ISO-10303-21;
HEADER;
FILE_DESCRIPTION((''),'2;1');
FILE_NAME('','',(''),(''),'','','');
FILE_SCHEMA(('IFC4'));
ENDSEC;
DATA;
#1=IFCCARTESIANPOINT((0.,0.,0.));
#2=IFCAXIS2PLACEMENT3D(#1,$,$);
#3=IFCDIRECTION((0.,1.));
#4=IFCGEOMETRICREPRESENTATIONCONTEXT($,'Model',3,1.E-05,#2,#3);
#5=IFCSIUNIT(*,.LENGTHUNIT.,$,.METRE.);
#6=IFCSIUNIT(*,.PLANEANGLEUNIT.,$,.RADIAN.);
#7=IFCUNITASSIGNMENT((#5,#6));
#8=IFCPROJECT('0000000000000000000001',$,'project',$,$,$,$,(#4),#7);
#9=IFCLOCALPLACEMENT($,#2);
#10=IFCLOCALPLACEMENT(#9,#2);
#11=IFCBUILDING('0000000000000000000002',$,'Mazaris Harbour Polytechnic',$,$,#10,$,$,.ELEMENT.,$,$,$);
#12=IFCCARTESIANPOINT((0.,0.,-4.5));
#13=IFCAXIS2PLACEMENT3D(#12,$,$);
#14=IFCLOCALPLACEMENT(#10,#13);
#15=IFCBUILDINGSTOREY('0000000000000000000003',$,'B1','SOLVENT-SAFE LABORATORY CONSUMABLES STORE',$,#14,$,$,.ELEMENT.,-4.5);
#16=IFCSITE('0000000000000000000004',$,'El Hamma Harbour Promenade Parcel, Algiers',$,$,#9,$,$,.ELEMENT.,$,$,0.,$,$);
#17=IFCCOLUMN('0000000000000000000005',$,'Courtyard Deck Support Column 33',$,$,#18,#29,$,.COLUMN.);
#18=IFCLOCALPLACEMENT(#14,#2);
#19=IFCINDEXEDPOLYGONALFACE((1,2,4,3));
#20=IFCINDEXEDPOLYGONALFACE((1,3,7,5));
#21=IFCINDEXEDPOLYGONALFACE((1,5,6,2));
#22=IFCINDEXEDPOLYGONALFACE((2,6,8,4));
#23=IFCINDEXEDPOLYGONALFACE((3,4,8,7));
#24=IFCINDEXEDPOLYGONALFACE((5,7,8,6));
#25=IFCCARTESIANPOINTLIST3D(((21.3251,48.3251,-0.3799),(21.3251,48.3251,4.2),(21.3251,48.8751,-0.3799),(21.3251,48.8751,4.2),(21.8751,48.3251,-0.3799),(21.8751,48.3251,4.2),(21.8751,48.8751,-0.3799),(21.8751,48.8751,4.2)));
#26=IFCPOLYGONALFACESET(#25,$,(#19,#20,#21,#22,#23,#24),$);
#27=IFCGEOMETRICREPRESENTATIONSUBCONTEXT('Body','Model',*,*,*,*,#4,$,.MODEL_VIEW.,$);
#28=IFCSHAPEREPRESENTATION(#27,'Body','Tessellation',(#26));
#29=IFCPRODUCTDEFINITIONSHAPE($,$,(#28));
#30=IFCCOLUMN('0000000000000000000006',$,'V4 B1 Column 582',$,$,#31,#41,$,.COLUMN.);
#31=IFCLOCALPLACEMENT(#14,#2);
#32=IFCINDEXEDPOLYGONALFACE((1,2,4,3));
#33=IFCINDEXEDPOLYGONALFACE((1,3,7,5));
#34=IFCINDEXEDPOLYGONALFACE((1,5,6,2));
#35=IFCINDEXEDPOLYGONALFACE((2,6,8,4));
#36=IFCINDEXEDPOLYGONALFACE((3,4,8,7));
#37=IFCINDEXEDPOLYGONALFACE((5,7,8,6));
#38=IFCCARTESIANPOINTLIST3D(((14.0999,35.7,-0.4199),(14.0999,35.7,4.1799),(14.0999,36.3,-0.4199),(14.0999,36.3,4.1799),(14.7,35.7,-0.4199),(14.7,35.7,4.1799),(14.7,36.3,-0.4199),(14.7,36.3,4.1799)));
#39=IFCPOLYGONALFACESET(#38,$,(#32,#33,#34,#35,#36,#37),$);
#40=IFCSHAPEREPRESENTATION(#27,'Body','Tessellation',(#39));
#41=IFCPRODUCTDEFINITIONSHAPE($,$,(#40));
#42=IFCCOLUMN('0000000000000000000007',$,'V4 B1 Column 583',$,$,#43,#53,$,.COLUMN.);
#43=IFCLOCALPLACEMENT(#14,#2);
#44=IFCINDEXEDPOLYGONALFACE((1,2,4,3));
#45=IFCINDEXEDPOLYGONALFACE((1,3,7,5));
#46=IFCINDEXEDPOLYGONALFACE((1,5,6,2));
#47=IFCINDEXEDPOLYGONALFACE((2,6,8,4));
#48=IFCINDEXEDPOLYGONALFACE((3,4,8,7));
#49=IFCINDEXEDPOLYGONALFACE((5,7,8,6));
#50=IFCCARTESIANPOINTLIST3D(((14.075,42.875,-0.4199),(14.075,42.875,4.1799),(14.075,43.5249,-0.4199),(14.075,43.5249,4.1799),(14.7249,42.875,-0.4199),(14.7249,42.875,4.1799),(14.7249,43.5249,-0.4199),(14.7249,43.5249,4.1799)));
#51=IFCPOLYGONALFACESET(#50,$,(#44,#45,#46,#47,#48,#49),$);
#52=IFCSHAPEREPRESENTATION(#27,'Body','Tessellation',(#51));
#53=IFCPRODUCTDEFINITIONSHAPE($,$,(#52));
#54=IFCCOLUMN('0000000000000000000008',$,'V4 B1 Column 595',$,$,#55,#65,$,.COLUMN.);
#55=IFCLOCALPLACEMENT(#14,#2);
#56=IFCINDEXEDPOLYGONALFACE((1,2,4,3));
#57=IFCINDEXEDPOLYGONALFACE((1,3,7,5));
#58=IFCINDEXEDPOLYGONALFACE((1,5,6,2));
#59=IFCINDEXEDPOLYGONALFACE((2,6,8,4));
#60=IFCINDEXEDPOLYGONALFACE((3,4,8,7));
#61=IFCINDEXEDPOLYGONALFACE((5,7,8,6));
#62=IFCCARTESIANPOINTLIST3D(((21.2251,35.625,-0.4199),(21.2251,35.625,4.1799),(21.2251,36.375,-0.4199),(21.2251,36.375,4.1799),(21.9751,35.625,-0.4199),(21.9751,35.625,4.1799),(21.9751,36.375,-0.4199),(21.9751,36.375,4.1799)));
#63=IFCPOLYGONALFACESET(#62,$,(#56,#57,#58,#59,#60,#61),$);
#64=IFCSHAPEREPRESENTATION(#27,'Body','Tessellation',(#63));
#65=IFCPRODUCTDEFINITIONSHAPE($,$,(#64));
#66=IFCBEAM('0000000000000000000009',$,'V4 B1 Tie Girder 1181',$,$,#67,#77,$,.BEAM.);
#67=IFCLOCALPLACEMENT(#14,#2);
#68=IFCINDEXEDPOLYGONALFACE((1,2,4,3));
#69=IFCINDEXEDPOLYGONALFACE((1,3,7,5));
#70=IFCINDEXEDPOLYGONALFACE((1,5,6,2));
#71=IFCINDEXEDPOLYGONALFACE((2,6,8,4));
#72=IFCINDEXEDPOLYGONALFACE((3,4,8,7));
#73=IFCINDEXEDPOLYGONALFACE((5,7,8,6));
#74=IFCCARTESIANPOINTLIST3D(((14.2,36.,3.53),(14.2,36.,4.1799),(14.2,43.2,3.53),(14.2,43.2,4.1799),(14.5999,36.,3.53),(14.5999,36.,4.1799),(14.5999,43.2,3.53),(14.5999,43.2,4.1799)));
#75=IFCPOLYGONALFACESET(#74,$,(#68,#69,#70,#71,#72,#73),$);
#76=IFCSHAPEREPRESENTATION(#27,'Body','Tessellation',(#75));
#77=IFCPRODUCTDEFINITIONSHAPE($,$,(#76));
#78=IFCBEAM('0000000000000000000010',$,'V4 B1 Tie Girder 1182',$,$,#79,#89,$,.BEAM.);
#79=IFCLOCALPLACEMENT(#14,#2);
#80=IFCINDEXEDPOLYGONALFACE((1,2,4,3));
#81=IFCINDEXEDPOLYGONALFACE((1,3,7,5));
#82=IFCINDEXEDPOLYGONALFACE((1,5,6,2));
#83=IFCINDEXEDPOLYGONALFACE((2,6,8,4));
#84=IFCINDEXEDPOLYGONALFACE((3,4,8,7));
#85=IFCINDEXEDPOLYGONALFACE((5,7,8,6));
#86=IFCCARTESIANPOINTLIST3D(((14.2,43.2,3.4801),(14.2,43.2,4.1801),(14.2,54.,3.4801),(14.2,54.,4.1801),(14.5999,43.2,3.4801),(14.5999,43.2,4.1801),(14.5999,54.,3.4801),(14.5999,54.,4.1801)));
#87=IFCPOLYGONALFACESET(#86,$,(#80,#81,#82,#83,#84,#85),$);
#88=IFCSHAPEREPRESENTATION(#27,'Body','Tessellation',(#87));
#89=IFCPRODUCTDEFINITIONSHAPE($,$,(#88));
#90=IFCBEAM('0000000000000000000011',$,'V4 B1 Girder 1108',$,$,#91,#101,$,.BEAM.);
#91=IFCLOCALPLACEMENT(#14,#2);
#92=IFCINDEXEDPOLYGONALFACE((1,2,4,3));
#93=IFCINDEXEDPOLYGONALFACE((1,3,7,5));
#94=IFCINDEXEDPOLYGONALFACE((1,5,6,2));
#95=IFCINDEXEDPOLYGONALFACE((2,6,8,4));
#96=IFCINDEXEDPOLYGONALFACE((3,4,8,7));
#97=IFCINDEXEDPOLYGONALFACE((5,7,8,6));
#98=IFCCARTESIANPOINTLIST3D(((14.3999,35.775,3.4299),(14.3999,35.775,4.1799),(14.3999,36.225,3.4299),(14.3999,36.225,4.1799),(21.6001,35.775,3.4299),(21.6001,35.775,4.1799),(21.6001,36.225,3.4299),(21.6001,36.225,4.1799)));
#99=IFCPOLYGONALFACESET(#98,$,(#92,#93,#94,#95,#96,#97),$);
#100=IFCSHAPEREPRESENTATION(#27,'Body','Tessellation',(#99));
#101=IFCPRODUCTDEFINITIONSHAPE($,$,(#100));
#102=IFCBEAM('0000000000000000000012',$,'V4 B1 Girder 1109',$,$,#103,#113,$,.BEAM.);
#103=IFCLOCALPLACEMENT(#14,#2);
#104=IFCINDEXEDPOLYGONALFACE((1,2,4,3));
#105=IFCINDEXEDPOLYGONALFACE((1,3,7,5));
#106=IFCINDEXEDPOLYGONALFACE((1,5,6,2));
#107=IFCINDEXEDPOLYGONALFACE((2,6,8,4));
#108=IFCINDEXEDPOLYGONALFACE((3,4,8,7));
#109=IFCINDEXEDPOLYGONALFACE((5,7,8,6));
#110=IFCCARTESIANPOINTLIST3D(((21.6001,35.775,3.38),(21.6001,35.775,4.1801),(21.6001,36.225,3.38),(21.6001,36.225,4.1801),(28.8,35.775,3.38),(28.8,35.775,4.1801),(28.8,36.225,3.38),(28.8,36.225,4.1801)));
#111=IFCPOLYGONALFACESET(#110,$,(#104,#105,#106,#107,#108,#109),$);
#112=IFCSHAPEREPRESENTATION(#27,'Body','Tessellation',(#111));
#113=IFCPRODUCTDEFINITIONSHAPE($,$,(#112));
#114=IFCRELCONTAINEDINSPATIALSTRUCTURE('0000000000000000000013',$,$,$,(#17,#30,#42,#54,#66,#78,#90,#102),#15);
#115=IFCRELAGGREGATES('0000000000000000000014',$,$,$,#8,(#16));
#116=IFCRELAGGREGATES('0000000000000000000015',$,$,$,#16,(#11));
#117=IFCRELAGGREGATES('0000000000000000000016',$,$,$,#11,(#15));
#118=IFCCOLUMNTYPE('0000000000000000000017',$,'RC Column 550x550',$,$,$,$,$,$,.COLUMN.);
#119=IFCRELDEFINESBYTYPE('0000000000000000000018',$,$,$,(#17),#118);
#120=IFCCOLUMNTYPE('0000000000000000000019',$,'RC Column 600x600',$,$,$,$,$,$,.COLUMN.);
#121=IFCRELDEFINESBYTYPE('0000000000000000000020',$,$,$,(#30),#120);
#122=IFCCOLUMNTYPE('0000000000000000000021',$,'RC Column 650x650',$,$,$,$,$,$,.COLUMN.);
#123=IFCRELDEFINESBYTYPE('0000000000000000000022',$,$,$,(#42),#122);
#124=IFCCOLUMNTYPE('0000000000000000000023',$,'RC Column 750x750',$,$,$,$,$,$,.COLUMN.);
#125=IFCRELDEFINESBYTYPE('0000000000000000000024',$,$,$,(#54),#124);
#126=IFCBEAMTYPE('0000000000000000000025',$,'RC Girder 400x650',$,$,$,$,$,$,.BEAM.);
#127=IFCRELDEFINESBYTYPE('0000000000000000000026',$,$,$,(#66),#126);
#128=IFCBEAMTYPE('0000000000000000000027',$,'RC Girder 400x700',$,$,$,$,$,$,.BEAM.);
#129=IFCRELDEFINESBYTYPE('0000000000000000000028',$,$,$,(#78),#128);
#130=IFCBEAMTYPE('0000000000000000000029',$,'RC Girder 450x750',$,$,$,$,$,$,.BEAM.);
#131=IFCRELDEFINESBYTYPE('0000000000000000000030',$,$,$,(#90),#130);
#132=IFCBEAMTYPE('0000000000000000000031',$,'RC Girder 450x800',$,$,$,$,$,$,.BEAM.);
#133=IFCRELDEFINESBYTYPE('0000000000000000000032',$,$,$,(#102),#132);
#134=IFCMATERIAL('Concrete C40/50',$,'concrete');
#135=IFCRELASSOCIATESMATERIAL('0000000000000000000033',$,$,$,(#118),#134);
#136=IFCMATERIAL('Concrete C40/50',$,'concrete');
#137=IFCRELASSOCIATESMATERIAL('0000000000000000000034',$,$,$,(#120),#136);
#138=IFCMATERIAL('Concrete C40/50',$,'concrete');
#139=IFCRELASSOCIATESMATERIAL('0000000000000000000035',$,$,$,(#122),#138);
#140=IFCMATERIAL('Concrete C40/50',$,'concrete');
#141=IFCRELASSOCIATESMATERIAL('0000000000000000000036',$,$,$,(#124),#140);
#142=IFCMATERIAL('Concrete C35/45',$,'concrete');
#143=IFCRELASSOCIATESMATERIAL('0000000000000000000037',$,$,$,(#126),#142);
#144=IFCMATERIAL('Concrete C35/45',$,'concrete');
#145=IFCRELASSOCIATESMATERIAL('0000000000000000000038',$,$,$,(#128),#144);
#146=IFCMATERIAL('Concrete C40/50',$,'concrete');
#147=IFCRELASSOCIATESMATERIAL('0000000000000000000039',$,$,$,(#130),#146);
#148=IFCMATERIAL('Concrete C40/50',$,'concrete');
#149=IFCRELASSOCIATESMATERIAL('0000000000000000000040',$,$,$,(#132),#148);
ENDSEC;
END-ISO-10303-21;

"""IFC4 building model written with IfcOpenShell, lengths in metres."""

from ifc_helpers import new_model, si_unit, direction, frame, origin, origin_2d, place, context, subcontext, project, spatial, rectangle, extrude, material, material_profile, profile_set, type_object, element, save


model = new_model("IFC4")

# Units and contexts
model_context = context("Model", 3, precision=1e-05, world=origin(), true_north=direction((0.0, 1.0)))
body_context = subcontext(model_context, "Body", "Model", "MODEL_VIEW")
ifc_project = project(units=[si_unit("LENGTHUNIT", "METRE"), si_unit("PLANEANGLEUNIT", "RADIAN")], contexts=[model_context])

# Site, building, storey
site_placement = place(None, origin())
site = spatial("IfcSite", under=ifc_project, at=site_placement, Name="El Hamma Harbour Promenade Parcel, Algiers", CompositionType="ELEMENT", RefElevation=0.0)
building_placement = place(site_placement, origin())
building = spatial("IfcBuilding", under=site, at=building_placement, Name="Mazaris Harbour Polytechnic", CompositionType="ELEMENT")
storey_placement = place(building_placement, frame((0.0, 0.0, -4.5)))
storey = spatial("IfcBuildingStorey", under=building, at=storey_placement, Name="B1", Description="SOLVENT-SAFE LABORATORY CONSUMABLES STORE", CompositionType="ELEMENT", Elevation=-4.5)

# Columns
ifc_material_1 = material(Name="Concrete C40/50", Category="concrete")
ifc_material_profile_1 = material_profile(ifc_material_1, rectangle(XDim=0.55, YDim=0.55, at=origin_2d()), Name="RECT550x550")
ifc_profile_set_1 = profile_set([ifc_material_profile_1], Name="Concrete C40/50")
column_type_1 = type_object("IfcColumnType", Name="RC Column 550x550", PredefinedType="COLUMN", material=ifc_profile_set_1)
column_1_placement = place(storey_placement, frame((21.6001, 48.6001, -0.3799), z_axis=(0.0, 0.0, 1.0), x_axis=(1.0, 0.0, 0.0)))
element("IfcColumn", 1, at=column_1_placement, inside=storey, type_object=column_type_1, Name="Courtyard Deck Support Column 33", PredefinedType="COLUMN", context=body_context, shape_type="SweptSolid", body=[
    extrude(rectangle(XDim=0.55, YDim=0.55, at=origin_2d()), origin(), (0.0, 0.0, 1.0), 4.5798),
])
ifc_material_2 = material(Name="Concrete C40/50", Category="concrete")
ifc_material_profile_2 = material_profile(ifc_material_2, rectangle(XDim=0.6001, YDim=0.6001, at=origin_2d()), Name="RECT600x600")
ifc_profile_set_2 = profile_set([ifc_material_profile_2], Name="Concrete C40/50")
column_type_2 = type_object("IfcColumnType", Name="RC Column 600x600", PredefinedType="COLUMN", material=ifc_profile_set_2)
column_2_placement = place(storey_placement, frame((14.3999, 36.0, -0.4199), z_axis=(0.0, 0.0, 1.0), x_axis=(1.0, 0.0, 0.0)))
element("IfcColumn", 2, at=column_2_placement, inside=storey, type_object=column_type_2, Name="V4 B1 Column 582", PredefinedType="COLUMN", context=body_context, shape_type="SweptSolid", body=[
    extrude(rectangle(XDim=0.6001, YDim=0.6001, at=origin_2d()), origin(), (0.0, 0.0, 1.0), 4.5999),
])
ifc_material_3 = material(Name="Concrete C40/50", Category="concrete")
ifc_material_profile_3 = material_profile(ifc_material_3, rectangle(XDim=0.6499, YDim=0.6499, at=origin_2d()), Name="RECT650x650")
ifc_profile_set_3 = profile_set([ifc_material_profile_3], Name="Concrete C40/50")
column_type_3 = type_object("IfcColumnType", Name="RC Column 650x650", PredefinedType="COLUMN", material=ifc_profile_set_3)
column_3_placement = place(storey_placement, frame((14.3999, 43.2, -0.4199), z_axis=(0.0, 0.0, 1.0), x_axis=(1.0, 0.0, 0.0)))
element("IfcColumn", 3, at=column_3_placement, inside=storey, type_object=column_type_3, Name="V4 B1 Column 583", PredefinedType="COLUMN", context=body_context, shape_type="SweptSolid", body=[
    extrude(rectangle(XDim=0.6499, YDim=0.6499, at=origin_2d()), origin(), (0.0, 0.0, 1.0), 4.5999),
])
ifc_material_4 = material(Name="Concrete C40/50", Category="concrete")
ifc_material_profile_4 = material_profile(ifc_material_4, rectangle(XDim=0.75, YDim=0.75, at=origin_2d()), Name="RECT750x750")
ifc_profile_set_4 = profile_set([ifc_material_profile_4], Name="Concrete C40/50")
column_type_4 = type_object("IfcColumnType", Name="RC Column 750x750", PredefinedType="COLUMN", material=ifc_profile_set_4)
column_4_placement = place(storey_placement, frame((21.6001, 36.0, -0.4199), z_axis=(0.0, 0.0, 1.0), x_axis=(1.0, 0.0, 0.0)))
element("IfcColumn", 4, at=column_4_placement, inside=storey, type_object=column_type_4, Name="V4 B1 Column 595", PredefinedType="COLUMN", context=body_context, shape_type="SweptSolid", body=[
    extrude(rectangle(XDim=0.75, YDim=0.75, at=origin_2d()), origin(), (0.0, 0.0, 1.0), 4.5999),
])

# Beams
ifc_material_5 = material(Name="Concrete C35/45", Category="concrete")
ifc_material_profile_5 = material_profile(ifc_material_5, rectangle(XDim=0.3999, YDim=0.6499, at=origin_2d()), Name="RECT400x650")
ifc_profile_set_5 = profile_set([ifc_material_profile_5], Name="Concrete C35/45")
beam_type_1 = type_object("IfcBeamType", Name="RC Girder 400x650", PredefinedType="BEAM", material=ifc_profile_set_5)
beam_1_placement = place(storey_placement, frame((14.3999, 36.0, 3.855), z_axis=(0.0, 1.0, 0.0), x_axis=(-1.0, 0.0, 0.0)))
element("IfcBeam", 5, at=beam_1_placement, inside=storey, type_object=beam_type_1, Name="V4 B1 Tie Girder 1181", PredefinedType="BEAM", context=body_context, shape_type="SweptSolid", body=[
    extrude(rectangle(XDim=0.3999, YDim=0.6499, at=origin_2d()), origin(), (0.0, 0.0, 1.0), 7.2),
])
ifc_material_6 = material(Name="Concrete C35/45", Category="concrete")
ifc_material_profile_6 = material_profile(ifc_material_6, rectangle(XDim=0.3999, YDim=0.7, at=origin_2d()), Name="RECT400x700")
ifc_profile_set_6 = profile_set([ifc_material_profile_6], Name="Concrete C35/45")
beam_type_2 = type_object("IfcBeamType", Name="RC Girder 400x700", PredefinedType="BEAM", material=ifc_profile_set_6)
beam_2_placement = place(storey_placement, frame((14.3999, 43.2, 3.8301), z_axis=(0.0, 1.0, 0.0), x_axis=(-1.0, 0.0, 0.0)))
element("IfcBeam", 6, at=beam_2_placement, inside=storey, type_object=beam_type_2, Name="V4 B1 Tie Girder 1182", PredefinedType="BEAM", context=body_context, shape_type="SweptSolid", body=[
    extrude(rectangle(XDim=0.3999, YDim=0.7, at=origin_2d()), origin(), (0.0, 0.0, 1.0), 10.8),
])
ifc_material_7 = material(Name="Concrete C40/50", Category="concrete")
ifc_material_profile_7 = material_profile(ifc_material_7, rectangle(XDim=0.45, YDim=0.75, at=origin_2d()), Name="RECT450x750")
ifc_profile_set_7 = profile_set([ifc_material_profile_7], Name="Concrete C40/50")
beam_type_3 = type_object("IfcBeamType", Name="RC Girder 450x750", PredefinedType="BEAM", material=ifc_profile_set_7)
beam_3_placement = place(storey_placement, frame((14.3999, 36.0, 3.8049), z_axis=(1.0, 0.0, 0.0), x_axis=(0.0, 1.0, 0.0)))
element("IfcBeam", 7, at=beam_3_placement, inside=storey, type_object=beam_type_3, Name="V4 B1 Girder 1108", PredefinedType="BEAM", context=body_context, shape_type="SweptSolid", body=[
    extrude(rectangle(XDim=0.45, YDim=0.75, at=origin_2d()), origin(), (0.0, 0.0, 1.0), 7.2002),
])
ifc_material_8 = material(Name="Concrete C40/50", Category="concrete")
ifc_material_profile_8 = material_profile(ifc_material_8, rectangle(XDim=0.45, YDim=0.8, at=origin_2d()), Name="RECT450x800")
ifc_profile_set_8 = profile_set([ifc_material_profile_8], Name="Concrete C40/50")
beam_type_4 = type_object("IfcBeamType", Name="RC Girder 450x800", PredefinedType="BEAM", material=ifc_profile_set_8)
beam_4_placement = place(storey_placement, frame((21.6001, 36.0, 3.78), z_axis=(1.0, 0.0, 0.0), x_axis=(0.0, 1.0, 0.0)))
element("IfcBeam", 8, at=beam_4_placement, inside=storey, type_object=beam_type_4, Name="V4 B1 Girder 1109", PredefinedType="BEAM", context=body_context, shape_type="SweptSolid", body=[
    extrude(rectangle(XDim=0.45, YDim=0.8, at=origin_2d()), origin(), (0.0, 0.0, 1.0), 7.2),
])

save(model, "model.ifc")
